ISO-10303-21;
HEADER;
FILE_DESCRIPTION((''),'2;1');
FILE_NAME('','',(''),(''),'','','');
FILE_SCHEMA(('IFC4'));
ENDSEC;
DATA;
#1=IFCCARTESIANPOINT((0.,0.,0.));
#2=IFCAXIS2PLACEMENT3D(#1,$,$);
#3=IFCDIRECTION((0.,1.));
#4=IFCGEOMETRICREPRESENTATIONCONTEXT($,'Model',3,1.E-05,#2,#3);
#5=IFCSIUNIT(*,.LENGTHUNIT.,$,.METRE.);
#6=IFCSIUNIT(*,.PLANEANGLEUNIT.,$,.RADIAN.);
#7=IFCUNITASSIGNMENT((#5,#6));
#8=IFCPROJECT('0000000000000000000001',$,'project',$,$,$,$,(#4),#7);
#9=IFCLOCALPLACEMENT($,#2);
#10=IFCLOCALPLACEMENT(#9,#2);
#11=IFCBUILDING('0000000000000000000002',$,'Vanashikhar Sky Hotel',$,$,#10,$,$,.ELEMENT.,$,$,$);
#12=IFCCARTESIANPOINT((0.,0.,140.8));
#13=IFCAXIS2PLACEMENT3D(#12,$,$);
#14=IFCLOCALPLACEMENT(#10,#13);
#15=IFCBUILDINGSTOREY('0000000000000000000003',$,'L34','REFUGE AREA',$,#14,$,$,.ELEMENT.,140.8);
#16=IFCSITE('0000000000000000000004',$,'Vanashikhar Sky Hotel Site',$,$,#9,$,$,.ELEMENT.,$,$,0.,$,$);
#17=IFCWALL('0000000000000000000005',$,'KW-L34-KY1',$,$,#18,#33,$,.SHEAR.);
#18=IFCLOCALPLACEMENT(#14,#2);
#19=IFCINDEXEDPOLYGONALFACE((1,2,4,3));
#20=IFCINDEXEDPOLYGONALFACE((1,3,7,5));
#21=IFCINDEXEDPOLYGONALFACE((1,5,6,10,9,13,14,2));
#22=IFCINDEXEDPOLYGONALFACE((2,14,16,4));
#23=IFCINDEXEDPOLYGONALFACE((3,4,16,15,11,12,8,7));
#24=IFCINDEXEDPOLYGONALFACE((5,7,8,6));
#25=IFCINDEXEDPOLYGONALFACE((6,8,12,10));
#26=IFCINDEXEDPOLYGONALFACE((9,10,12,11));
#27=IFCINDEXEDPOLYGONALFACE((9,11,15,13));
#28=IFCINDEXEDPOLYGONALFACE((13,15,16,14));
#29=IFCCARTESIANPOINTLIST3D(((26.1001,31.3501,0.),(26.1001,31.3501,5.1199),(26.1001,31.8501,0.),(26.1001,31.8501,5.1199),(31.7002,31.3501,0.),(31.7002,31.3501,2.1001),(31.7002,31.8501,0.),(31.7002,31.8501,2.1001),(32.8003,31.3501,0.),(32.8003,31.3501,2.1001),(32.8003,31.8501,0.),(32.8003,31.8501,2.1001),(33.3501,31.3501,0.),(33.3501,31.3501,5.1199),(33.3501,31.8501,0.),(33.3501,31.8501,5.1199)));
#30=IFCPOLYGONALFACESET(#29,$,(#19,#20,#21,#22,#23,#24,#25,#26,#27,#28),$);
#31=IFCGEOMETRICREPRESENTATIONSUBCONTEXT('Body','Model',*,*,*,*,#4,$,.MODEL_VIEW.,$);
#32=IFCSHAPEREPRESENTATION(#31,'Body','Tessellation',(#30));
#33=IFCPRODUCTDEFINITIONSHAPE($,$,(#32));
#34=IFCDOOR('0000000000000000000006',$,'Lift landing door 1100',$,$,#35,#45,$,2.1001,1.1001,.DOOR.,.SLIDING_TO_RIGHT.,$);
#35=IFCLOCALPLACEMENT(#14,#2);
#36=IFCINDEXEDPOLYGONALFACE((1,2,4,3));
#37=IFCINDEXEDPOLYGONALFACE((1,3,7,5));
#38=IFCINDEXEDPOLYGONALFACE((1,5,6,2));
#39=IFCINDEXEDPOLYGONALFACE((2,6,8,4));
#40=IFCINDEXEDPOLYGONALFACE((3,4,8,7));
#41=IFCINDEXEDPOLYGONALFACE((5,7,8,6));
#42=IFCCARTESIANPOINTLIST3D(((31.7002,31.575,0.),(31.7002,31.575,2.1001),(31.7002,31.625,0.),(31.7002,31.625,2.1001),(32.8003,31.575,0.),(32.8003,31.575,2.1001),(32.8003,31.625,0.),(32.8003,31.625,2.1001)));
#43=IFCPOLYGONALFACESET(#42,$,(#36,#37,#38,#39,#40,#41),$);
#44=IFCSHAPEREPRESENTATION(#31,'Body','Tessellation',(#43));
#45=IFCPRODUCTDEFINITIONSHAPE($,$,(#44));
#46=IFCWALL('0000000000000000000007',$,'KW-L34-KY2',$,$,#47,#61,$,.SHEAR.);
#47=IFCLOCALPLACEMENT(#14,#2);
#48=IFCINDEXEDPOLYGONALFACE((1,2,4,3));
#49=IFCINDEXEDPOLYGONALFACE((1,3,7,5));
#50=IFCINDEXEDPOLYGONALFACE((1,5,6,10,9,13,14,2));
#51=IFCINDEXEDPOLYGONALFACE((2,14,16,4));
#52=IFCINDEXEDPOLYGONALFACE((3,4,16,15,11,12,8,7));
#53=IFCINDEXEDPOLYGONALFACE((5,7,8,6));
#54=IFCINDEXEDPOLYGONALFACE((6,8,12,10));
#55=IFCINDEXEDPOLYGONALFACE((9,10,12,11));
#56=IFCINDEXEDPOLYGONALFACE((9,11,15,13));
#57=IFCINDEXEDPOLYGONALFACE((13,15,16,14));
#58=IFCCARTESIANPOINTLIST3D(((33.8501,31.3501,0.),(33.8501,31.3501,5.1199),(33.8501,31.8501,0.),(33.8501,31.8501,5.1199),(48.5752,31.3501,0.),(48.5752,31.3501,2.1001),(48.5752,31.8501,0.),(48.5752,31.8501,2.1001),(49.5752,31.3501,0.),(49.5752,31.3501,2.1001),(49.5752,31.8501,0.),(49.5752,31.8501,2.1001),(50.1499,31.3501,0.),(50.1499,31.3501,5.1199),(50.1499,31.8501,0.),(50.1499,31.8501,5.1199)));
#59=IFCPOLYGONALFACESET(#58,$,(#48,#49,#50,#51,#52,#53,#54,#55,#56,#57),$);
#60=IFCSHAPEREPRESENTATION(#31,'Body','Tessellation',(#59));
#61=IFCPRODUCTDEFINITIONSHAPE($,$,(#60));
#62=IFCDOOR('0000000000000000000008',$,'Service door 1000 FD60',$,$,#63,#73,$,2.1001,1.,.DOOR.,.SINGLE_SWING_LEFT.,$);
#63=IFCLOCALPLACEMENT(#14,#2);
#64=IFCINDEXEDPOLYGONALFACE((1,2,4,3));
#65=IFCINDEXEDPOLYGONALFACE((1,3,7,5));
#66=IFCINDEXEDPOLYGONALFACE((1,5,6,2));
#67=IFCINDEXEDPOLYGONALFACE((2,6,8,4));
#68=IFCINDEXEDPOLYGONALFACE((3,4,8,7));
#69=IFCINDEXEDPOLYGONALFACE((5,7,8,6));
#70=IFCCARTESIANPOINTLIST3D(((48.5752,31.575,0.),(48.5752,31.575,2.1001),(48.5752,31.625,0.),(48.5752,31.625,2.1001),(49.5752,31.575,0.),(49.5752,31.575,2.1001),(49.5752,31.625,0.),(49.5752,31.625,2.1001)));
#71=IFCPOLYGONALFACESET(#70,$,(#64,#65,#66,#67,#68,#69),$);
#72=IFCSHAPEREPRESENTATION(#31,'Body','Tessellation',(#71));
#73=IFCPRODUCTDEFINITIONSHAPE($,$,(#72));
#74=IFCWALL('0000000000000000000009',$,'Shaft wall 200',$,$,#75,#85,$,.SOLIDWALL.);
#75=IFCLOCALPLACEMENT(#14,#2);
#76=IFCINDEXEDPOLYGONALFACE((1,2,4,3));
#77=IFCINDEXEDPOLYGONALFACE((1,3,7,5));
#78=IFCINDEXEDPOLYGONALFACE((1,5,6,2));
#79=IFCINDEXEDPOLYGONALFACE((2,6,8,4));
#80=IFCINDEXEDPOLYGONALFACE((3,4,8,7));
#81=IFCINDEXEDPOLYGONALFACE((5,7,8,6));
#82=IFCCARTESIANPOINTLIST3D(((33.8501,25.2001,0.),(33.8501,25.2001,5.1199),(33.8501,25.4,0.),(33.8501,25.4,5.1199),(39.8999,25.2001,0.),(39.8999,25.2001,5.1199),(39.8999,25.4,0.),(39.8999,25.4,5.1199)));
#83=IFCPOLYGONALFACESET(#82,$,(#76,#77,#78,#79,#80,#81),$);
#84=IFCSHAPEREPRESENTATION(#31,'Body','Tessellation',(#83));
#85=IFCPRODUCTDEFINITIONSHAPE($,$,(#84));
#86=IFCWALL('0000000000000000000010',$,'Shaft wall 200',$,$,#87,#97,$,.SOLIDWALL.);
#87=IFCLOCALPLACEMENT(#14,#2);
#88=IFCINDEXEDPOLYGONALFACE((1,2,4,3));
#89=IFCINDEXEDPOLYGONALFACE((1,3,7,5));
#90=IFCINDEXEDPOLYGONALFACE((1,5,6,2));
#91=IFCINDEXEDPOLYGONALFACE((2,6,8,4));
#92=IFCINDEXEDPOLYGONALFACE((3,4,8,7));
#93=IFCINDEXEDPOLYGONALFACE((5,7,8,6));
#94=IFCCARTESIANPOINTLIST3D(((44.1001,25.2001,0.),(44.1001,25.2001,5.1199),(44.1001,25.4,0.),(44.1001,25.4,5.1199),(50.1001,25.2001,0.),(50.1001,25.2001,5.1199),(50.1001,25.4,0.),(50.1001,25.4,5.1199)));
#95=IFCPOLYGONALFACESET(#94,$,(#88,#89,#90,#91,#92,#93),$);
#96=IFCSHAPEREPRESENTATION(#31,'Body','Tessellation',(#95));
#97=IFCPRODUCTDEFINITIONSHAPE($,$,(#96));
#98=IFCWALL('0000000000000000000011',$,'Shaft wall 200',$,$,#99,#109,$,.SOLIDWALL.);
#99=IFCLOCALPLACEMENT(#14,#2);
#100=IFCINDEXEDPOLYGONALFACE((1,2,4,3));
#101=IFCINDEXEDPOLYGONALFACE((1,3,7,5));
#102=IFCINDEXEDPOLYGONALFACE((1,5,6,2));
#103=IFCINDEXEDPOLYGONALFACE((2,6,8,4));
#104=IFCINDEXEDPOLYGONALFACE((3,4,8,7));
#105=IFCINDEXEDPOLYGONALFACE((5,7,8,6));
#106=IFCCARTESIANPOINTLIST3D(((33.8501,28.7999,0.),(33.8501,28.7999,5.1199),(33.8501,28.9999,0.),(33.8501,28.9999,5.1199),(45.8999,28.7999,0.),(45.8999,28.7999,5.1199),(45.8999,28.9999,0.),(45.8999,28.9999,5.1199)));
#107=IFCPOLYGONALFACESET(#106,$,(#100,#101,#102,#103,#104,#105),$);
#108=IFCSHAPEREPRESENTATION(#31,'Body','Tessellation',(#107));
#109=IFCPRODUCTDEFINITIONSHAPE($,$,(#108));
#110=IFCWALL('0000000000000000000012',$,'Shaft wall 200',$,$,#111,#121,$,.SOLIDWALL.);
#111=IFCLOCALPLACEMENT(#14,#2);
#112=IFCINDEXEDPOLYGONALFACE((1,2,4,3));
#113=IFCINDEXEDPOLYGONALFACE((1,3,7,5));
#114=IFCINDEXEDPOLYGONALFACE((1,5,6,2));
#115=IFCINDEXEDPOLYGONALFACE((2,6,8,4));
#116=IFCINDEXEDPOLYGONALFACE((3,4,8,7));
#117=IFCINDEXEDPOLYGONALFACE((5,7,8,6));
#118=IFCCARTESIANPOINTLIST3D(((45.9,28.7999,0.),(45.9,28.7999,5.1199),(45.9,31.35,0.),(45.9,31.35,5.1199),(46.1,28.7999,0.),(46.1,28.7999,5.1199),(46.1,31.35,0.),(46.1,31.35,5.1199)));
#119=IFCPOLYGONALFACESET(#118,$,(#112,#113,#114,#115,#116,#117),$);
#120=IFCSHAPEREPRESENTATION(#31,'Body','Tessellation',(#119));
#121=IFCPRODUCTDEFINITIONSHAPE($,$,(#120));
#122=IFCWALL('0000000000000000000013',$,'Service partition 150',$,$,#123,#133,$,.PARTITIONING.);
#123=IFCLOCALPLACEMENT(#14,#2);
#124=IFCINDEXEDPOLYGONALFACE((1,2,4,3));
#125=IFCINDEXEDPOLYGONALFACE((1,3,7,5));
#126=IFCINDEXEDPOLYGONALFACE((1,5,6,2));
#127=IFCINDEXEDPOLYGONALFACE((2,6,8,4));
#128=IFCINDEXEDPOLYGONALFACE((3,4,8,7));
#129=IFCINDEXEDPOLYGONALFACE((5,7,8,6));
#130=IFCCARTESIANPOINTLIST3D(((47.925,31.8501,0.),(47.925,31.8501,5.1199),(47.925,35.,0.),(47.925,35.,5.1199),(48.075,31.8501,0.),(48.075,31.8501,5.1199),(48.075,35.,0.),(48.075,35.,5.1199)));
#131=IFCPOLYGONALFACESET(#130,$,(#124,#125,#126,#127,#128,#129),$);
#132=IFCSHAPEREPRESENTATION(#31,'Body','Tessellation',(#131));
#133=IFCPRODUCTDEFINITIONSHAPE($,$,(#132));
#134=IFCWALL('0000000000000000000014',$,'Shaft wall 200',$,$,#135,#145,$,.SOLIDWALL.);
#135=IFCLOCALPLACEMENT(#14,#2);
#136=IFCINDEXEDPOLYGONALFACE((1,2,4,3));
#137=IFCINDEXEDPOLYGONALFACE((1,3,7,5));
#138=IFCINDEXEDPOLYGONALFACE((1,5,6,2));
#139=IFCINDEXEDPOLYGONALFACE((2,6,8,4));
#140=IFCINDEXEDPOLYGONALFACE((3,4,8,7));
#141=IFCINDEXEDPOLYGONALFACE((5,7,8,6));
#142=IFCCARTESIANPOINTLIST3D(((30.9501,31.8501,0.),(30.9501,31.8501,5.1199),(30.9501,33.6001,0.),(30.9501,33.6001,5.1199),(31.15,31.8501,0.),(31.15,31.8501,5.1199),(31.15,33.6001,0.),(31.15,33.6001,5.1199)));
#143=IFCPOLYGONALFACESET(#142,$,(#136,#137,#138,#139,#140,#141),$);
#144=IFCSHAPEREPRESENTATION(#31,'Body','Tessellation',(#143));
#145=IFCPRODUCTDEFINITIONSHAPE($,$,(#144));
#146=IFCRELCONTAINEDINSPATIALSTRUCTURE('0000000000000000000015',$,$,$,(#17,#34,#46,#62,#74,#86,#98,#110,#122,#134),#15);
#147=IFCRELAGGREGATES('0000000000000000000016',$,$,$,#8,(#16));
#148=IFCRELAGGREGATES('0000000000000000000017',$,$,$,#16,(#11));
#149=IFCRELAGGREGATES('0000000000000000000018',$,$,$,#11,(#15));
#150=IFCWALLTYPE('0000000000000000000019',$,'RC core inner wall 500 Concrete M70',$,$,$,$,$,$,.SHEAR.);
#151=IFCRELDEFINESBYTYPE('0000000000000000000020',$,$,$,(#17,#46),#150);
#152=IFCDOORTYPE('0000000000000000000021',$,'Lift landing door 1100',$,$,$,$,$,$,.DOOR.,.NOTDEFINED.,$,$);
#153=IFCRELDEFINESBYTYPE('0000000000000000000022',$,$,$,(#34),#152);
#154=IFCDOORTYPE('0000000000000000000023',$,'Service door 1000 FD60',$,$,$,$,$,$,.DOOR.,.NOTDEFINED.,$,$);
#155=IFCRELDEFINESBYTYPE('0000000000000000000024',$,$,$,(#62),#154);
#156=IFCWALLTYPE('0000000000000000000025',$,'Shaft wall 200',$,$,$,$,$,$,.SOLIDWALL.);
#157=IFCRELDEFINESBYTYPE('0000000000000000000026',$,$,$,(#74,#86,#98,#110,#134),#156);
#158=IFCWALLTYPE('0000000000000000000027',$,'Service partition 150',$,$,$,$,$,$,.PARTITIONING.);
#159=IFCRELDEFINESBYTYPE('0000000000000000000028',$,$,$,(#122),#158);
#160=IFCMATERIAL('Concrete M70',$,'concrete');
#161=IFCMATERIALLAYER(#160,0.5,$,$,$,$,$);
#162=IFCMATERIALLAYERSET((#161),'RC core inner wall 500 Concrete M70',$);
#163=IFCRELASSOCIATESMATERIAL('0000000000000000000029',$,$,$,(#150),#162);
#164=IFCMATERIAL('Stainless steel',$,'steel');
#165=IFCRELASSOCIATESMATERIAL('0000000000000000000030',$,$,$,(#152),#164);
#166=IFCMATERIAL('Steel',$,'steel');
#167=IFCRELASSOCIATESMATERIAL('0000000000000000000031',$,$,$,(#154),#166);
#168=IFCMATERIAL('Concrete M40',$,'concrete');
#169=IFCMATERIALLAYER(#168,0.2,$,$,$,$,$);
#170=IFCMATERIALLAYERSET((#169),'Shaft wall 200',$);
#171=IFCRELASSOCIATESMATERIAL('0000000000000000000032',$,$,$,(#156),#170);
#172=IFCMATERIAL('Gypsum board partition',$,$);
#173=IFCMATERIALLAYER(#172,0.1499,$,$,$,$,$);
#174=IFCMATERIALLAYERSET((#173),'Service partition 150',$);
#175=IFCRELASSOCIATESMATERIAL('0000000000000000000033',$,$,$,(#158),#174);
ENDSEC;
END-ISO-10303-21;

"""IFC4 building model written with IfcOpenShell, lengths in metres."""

from ifc_helpers import new_model, si_unit, direction, frame, frame_2d, origin, place, context, subcontext, project, spatial, rectangle, extrude, source, transform, mapped, material, layer, layer_set, type_object, element, fill, save


model = new_model("IFC4")

# Units and contexts
model_context = context("Model", 3, precision=1e-05, world=origin(), true_north=direction((0.0, 1.0)))
body_context = subcontext(model_context, "Body", "Model", "MODEL_VIEW")
ifc_project = project(units=[si_unit("LENGTHUNIT", "METRE"), si_unit("PLANEANGLEUNIT", "RADIAN")], contexts=[model_context])

# Site, building, storey
site_placement = place(None, origin())
site = spatial("IfcSite", under=ifc_project, at=site_placement, Name="Vanashikhar Sky Hotel Site", CompositionType="ELEMENT", RefElevation=0.0)
building_placement = place(site_placement, origin())
building = spatial("IfcBuilding", under=site, at=building_placement, Name="Vanashikhar Sky Hotel", CompositionType="ELEMENT")
storey_placement = place(building_placement, frame((0.0, 0.0, 140.8)))
storey = spatial("IfcBuildingStorey", under=building, at=storey_placement, Name="L34", Description="REFUGE AREA", CompositionType="ELEMENT", Elevation=140.8)

# Walls, openings, doors
ifc_material_1 = material(Name="Concrete M70", Category="concrete")
ifc_layer_1 = layer(ifc_material_1, 0.5)
ifc_layer_set_1 = layer_set([ifc_layer_1], Name="RC core inner wall 500 Concrete M70")
wall_type_1 = type_object("IfcWallType", Name="RC core inner wall 500 Concrete M70", PredefinedType="SHEAR", material=ifc_layer_set_1)
shared_shape_1 = source(origin(), body_context, "Body", "SweptSolid", [
    extrude(rectangle(XDim=7.25, YDim=0.5, at=frame_2d((3.625, 0.0))), origin(), (0.0, 0.0, 1.0), 5.1199),
])
wall_1_placement = place(storey_placement, frame((26.1001, 31.6001, 0.0), z_axis=(0.0, 0.0, 1.0), x_axis=(1.0, 0.0, 0.0)))
wall_1 = element("IfcWall", 1, at=wall_1_placement, inside=storey, type_object=wall_type_1, Name="KW-L34-KY1", PredefinedType="SHEAR", context=body_context, shape_type="MappedRepresentation", body=[
    mapped(shared_shape_1, transform((0.0, 0.0, 0.0), scale=1.0)),
])
shared_shape_2 = source(origin(), body_context, "Body", "SweptSolid", [
    extrude(rectangle(XDim=1.1001, YDim=2.1001, at=frame_2d((0.55, 1.05))), frame((0.0, 0.26, 0.0), z_axis=(0.0, -1.0, 0.0), x_axis=(1.0, 0.0, 0.0)), (0.0, 0.0, 1.0), 0.52),
])
opening_1_placement = place(wall_1_placement, frame((5.6001, 0.0, 0.0)))
opening_1 = element("IfcOpeningElement", 2, at=opening_1_placement, cuts=wall_1, PredefinedType="OPENING", context=body_context, shape_type="MappedRepresentation", body=[
    mapped(shared_shape_2, transform((0.0, 0.0, 0.0), scale=1.0)),
])
ifc_material_2 = material(Name="Stainless steel", Category="steel")
door_type_1 = type_object("IfcDoorType", Name="Lift landing door 1100", OperationType="NOTDEFINED", PredefinedType="DOOR", material=ifc_material_2)
shared_shape_3 = source(origin(), body_context, "Body", "SweptSolid", [
    extrude(rectangle(XDim=1.1001, YDim=2.1001, at=frame_2d((0.55, 1.05))), frame((0.0, 0.0249, 0.0), z_axis=(0.0, -1.0, 0.0), x_axis=(1.0, 0.0, 0.0)), (0.0, 0.0, 1.0), 0.05),
])
door_1_placement = place(opening_1_placement, origin())
door_1 = element("IfcDoor", 3, at=door_1_placement, inside=storey, type_object=door_type_1, Name="Lift landing door 1100", OperationType="SLIDING_TO_RIGHT", OverallHeight=2.1001, OverallWidth=1.1001, PredefinedType="DOOR", context=body_context, shape_type="MappedRepresentation", body=[
    mapped(shared_shape_3, transform((0.0, 0.0, 0.0), scale=1.0)),
])
fill(opening_1, door_1)
shared_shape_4 = source(origin(), body_context, "Body", "SweptSolid", [
    extrude(rectangle(XDim=16.2998, YDim=0.5, at=frame_2d((8.1499, 0.0))), origin(), (0.0, 0.0, 1.0), 5.1199),
])
wall_2_placement = place(storey_placement, frame((33.8501, 31.6001, 0.0), z_axis=(0.0, 0.0, 1.0), x_axis=(1.0, 0.0, 0.0)))
wall_2 = element("IfcWall", 4, at=wall_2_placement, inside=storey, type_object=wall_type_1, Name="KW-L34-KY2", PredefinedType="SHEAR", context=body_context, shape_type="MappedRepresentation", body=[
    mapped(shared_shape_4, transform((0.0, 0.0, 0.0), scale=1.0)),
])
shared_shape_5 = source(origin(), body_context, "Body", "SweptSolid", [
    extrude(rectangle(XDim=1.0, YDim=2.1001, at=frame_2d((0.5, 1.05))), frame((0.0, 0.26, 0.0), z_axis=(0.0, -1.0, 0.0), x_axis=(1.0, 0.0, 0.0)), (0.0, 0.0, 1.0), 0.52),
])
opening_2_placement = place(wall_2_placement, frame((14.7251, 0.0, 0.0)))
opening_2 = element("IfcOpeningElement", 5, at=opening_2_placement, cuts=wall_2, PredefinedType="OPENING", context=body_context, shape_type="MappedRepresentation", body=[
    mapped(shared_shape_5, transform((0.0, 0.0, 0.0), scale=1.0)),
])
ifc_material_3 = material(Name="Steel", Category="steel")
door_type_2 = type_object("IfcDoorType", Name="Service door 1000 FD60", OperationType="NOTDEFINED", PredefinedType="DOOR", material=ifc_material_3)
shared_shape_6 = source(origin(), body_context, "Body", "SweptSolid", [
    extrude(rectangle(XDim=1.0, YDim=2.1001, at=frame_2d((0.5, 1.05))), frame((0.0, 0.0249, 0.0), z_axis=(0.0, -1.0, 0.0), x_axis=(1.0, 0.0, 0.0)), (0.0, 0.0, 1.0), 0.05),
])
door_2_placement = place(opening_2_placement, origin())
door_2 = element("IfcDoor", 6, at=door_2_placement, inside=storey, type_object=door_type_2, Name="Service door 1000 FD60", OperationType="SINGLE_SWING_LEFT", OverallHeight=2.1001, OverallWidth=1.0, PredefinedType="DOOR", context=body_context, shape_type="MappedRepresentation", body=[
    mapped(shared_shape_6, transform((0.0, 0.0, 0.0), scale=1.0)),
])
fill(opening_2, door_2)

# Walls
ifc_material_4 = material(Name="Concrete M40", Category="concrete")
ifc_layer_2 = layer(ifc_material_4, 0.2)
ifc_layer_set_2 = layer_set([ifc_layer_2], Name="Shaft wall 200")
wall_type_2 = type_object("IfcWallType", Name="Shaft wall 200", PredefinedType="SOLIDWALL", material=ifc_layer_set_2)
shared_shape_7 = source(origin(), body_context, "Body", "SweptSolid", [
    extrude(rectangle(XDim=6.0498, YDim=0.2, at=frame_2d((3.0249, 0.0))), origin(), (0.0, 0.0, 1.0), 5.1199),
])
wall_3_placement = place(storey_placement, frame((33.8501, 25.3, 0.0), z_axis=(0.0, 0.0, 1.0), x_axis=(1.0, 0.0, 0.0)))
element("IfcWall", 7, at=wall_3_placement, inside=storey, type_object=wall_type_2, Name="Shaft wall 200", PredefinedType="SOLIDWALL", context=body_context, shape_type="MappedRepresentation", body=[
    mapped(shared_shape_7, transform((0.0, 0.0, 0.0), scale=1.0)),
])
shared_shape_8 = source(origin(), body_context, "Body", "SweptSolid", [
    extrude(rectangle(XDim=6.0, YDim=0.2, at=frame_2d((3.0, 0.0))), origin(), (0.0, 0.0, 1.0), 5.1199),
])
wall_4_placement = place(storey_placement, frame((44.1001, 25.3, 0.0), z_axis=(0.0, 0.0, 1.0), x_axis=(1.0, 0.0, 0.0)))
element("IfcWall", 8, at=wall_4_placement, inside=storey, type_object=wall_type_2, Name="Shaft wall 200", PredefinedType="SOLIDWALL", context=body_context, shape_type="MappedRepresentation", body=[
    mapped(shared_shape_8, transform((0.0, 0.0, 0.0), scale=1.0)),
])
shared_shape_9 = source(origin(), body_context, "Body", "SweptSolid", [
    extrude(rectangle(XDim=12.0498, YDim=0.2, at=frame_2d((6.0249, 0.0))), origin(), (0.0, 0.0, 1.0), 5.1199),
])
wall_5_placement = place(storey_placement, frame((33.8501, 28.8999, 0.0), z_axis=(0.0, 0.0, 1.0), x_axis=(1.0, 0.0, 0.0)))
element("IfcWall", 9, at=wall_5_placement, inside=storey, type_object=wall_type_2, Name="Shaft wall 200", PredefinedType="SOLIDWALL", context=body_context, shape_type="MappedRepresentation", body=[
    mapped(shared_shape_9, transform((0.0, 0.0, 0.0), scale=1.0)),
])
shared_shape_10 = source(origin(), body_context, "Body", "SweptSolid", [
    extrude(rectangle(XDim=2.55, YDim=0.2, at=frame_2d((1.2749, 0.0))), origin(), (0.0, 0.0, 1.0), 5.1199),
])
wall_6_placement = place(storey_placement, frame((46.0, 28.8, 0.0), z_axis=(0.0, 0.0, 1.0), x_axis=(0.0, 1.0, 0.0)))
element("IfcWall", 10, at=wall_6_placement, inside=storey, type_object=wall_type_2, Name="Shaft wall 200", PredefinedType="SOLIDWALL", context=body_context, shape_type="MappedRepresentation", body=[
    mapped(shared_shape_10, transform((0.0, 0.0, 0.0), scale=1.0)),
])
ifc_material_5 = material(Name="Gypsum board partition")
ifc_layer_3 = layer(ifc_material_5, 0.1499)
ifc_layer_set_3 = layer_set([ifc_layer_3], Name="Service partition 150")
wall_type_3 = type_object("IfcWallType", Name="Service partition 150", PredefinedType="PARTITIONING", material=ifc_layer_set_3)
shared_shape_11 = source(origin(), body_context, "Body", "SweptSolid", [
    extrude(rectangle(XDim=3.1499, YDim=0.1499, at=frame_2d((1.575, 0.0))), origin(), (0.0, 0.0, 1.0), 5.1199),
])
wall_7_placement = place(storey_placement, frame((48.0, 31.8501, 0.0), z_axis=(0.0, 0.0, 1.0), x_axis=(0.0, 1.0, 0.0)))
element("IfcWall", 11, at=wall_7_placement, inside=storey, type_object=wall_type_3, Name="Service partition 150", PredefinedType="PARTITIONING", context=body_context, shape_type="MappedRepresentation", body=[
    mapped(shared_shape_11, transform((0.0, 0.0, 0.0), scale=1.0)),
])
shared_shape_12 = source(origin(), body_context, "Body", "SweptSolid", [
    extrude(rectangle(XDim=1.75, YDim=0.2, at=frame_2d((0.875, 0.0))), origin(), (0.0, 0.0, 1.0), 5.1199),
])
wall_8_placement = place(storey_placement, frame((31.05, 31.8501, 0.0), z_axis=(0.0, 0.0, 1.0), x_axis=(0.0, 1.0, 0.0)))
element("IfcWall", 12, at=wall_8_placement, inside=storey, type_object=wall_type_2, Name="Shaft wall 200", PredefinedType="SOLIDWALL", context=body_context, shape_type="MappedRepresentation", body=[
    mapped(shared_shape_12, transform((0.0, 0.0, 0.0), scale=1.0)),
])

save(model, "model.ifc")
